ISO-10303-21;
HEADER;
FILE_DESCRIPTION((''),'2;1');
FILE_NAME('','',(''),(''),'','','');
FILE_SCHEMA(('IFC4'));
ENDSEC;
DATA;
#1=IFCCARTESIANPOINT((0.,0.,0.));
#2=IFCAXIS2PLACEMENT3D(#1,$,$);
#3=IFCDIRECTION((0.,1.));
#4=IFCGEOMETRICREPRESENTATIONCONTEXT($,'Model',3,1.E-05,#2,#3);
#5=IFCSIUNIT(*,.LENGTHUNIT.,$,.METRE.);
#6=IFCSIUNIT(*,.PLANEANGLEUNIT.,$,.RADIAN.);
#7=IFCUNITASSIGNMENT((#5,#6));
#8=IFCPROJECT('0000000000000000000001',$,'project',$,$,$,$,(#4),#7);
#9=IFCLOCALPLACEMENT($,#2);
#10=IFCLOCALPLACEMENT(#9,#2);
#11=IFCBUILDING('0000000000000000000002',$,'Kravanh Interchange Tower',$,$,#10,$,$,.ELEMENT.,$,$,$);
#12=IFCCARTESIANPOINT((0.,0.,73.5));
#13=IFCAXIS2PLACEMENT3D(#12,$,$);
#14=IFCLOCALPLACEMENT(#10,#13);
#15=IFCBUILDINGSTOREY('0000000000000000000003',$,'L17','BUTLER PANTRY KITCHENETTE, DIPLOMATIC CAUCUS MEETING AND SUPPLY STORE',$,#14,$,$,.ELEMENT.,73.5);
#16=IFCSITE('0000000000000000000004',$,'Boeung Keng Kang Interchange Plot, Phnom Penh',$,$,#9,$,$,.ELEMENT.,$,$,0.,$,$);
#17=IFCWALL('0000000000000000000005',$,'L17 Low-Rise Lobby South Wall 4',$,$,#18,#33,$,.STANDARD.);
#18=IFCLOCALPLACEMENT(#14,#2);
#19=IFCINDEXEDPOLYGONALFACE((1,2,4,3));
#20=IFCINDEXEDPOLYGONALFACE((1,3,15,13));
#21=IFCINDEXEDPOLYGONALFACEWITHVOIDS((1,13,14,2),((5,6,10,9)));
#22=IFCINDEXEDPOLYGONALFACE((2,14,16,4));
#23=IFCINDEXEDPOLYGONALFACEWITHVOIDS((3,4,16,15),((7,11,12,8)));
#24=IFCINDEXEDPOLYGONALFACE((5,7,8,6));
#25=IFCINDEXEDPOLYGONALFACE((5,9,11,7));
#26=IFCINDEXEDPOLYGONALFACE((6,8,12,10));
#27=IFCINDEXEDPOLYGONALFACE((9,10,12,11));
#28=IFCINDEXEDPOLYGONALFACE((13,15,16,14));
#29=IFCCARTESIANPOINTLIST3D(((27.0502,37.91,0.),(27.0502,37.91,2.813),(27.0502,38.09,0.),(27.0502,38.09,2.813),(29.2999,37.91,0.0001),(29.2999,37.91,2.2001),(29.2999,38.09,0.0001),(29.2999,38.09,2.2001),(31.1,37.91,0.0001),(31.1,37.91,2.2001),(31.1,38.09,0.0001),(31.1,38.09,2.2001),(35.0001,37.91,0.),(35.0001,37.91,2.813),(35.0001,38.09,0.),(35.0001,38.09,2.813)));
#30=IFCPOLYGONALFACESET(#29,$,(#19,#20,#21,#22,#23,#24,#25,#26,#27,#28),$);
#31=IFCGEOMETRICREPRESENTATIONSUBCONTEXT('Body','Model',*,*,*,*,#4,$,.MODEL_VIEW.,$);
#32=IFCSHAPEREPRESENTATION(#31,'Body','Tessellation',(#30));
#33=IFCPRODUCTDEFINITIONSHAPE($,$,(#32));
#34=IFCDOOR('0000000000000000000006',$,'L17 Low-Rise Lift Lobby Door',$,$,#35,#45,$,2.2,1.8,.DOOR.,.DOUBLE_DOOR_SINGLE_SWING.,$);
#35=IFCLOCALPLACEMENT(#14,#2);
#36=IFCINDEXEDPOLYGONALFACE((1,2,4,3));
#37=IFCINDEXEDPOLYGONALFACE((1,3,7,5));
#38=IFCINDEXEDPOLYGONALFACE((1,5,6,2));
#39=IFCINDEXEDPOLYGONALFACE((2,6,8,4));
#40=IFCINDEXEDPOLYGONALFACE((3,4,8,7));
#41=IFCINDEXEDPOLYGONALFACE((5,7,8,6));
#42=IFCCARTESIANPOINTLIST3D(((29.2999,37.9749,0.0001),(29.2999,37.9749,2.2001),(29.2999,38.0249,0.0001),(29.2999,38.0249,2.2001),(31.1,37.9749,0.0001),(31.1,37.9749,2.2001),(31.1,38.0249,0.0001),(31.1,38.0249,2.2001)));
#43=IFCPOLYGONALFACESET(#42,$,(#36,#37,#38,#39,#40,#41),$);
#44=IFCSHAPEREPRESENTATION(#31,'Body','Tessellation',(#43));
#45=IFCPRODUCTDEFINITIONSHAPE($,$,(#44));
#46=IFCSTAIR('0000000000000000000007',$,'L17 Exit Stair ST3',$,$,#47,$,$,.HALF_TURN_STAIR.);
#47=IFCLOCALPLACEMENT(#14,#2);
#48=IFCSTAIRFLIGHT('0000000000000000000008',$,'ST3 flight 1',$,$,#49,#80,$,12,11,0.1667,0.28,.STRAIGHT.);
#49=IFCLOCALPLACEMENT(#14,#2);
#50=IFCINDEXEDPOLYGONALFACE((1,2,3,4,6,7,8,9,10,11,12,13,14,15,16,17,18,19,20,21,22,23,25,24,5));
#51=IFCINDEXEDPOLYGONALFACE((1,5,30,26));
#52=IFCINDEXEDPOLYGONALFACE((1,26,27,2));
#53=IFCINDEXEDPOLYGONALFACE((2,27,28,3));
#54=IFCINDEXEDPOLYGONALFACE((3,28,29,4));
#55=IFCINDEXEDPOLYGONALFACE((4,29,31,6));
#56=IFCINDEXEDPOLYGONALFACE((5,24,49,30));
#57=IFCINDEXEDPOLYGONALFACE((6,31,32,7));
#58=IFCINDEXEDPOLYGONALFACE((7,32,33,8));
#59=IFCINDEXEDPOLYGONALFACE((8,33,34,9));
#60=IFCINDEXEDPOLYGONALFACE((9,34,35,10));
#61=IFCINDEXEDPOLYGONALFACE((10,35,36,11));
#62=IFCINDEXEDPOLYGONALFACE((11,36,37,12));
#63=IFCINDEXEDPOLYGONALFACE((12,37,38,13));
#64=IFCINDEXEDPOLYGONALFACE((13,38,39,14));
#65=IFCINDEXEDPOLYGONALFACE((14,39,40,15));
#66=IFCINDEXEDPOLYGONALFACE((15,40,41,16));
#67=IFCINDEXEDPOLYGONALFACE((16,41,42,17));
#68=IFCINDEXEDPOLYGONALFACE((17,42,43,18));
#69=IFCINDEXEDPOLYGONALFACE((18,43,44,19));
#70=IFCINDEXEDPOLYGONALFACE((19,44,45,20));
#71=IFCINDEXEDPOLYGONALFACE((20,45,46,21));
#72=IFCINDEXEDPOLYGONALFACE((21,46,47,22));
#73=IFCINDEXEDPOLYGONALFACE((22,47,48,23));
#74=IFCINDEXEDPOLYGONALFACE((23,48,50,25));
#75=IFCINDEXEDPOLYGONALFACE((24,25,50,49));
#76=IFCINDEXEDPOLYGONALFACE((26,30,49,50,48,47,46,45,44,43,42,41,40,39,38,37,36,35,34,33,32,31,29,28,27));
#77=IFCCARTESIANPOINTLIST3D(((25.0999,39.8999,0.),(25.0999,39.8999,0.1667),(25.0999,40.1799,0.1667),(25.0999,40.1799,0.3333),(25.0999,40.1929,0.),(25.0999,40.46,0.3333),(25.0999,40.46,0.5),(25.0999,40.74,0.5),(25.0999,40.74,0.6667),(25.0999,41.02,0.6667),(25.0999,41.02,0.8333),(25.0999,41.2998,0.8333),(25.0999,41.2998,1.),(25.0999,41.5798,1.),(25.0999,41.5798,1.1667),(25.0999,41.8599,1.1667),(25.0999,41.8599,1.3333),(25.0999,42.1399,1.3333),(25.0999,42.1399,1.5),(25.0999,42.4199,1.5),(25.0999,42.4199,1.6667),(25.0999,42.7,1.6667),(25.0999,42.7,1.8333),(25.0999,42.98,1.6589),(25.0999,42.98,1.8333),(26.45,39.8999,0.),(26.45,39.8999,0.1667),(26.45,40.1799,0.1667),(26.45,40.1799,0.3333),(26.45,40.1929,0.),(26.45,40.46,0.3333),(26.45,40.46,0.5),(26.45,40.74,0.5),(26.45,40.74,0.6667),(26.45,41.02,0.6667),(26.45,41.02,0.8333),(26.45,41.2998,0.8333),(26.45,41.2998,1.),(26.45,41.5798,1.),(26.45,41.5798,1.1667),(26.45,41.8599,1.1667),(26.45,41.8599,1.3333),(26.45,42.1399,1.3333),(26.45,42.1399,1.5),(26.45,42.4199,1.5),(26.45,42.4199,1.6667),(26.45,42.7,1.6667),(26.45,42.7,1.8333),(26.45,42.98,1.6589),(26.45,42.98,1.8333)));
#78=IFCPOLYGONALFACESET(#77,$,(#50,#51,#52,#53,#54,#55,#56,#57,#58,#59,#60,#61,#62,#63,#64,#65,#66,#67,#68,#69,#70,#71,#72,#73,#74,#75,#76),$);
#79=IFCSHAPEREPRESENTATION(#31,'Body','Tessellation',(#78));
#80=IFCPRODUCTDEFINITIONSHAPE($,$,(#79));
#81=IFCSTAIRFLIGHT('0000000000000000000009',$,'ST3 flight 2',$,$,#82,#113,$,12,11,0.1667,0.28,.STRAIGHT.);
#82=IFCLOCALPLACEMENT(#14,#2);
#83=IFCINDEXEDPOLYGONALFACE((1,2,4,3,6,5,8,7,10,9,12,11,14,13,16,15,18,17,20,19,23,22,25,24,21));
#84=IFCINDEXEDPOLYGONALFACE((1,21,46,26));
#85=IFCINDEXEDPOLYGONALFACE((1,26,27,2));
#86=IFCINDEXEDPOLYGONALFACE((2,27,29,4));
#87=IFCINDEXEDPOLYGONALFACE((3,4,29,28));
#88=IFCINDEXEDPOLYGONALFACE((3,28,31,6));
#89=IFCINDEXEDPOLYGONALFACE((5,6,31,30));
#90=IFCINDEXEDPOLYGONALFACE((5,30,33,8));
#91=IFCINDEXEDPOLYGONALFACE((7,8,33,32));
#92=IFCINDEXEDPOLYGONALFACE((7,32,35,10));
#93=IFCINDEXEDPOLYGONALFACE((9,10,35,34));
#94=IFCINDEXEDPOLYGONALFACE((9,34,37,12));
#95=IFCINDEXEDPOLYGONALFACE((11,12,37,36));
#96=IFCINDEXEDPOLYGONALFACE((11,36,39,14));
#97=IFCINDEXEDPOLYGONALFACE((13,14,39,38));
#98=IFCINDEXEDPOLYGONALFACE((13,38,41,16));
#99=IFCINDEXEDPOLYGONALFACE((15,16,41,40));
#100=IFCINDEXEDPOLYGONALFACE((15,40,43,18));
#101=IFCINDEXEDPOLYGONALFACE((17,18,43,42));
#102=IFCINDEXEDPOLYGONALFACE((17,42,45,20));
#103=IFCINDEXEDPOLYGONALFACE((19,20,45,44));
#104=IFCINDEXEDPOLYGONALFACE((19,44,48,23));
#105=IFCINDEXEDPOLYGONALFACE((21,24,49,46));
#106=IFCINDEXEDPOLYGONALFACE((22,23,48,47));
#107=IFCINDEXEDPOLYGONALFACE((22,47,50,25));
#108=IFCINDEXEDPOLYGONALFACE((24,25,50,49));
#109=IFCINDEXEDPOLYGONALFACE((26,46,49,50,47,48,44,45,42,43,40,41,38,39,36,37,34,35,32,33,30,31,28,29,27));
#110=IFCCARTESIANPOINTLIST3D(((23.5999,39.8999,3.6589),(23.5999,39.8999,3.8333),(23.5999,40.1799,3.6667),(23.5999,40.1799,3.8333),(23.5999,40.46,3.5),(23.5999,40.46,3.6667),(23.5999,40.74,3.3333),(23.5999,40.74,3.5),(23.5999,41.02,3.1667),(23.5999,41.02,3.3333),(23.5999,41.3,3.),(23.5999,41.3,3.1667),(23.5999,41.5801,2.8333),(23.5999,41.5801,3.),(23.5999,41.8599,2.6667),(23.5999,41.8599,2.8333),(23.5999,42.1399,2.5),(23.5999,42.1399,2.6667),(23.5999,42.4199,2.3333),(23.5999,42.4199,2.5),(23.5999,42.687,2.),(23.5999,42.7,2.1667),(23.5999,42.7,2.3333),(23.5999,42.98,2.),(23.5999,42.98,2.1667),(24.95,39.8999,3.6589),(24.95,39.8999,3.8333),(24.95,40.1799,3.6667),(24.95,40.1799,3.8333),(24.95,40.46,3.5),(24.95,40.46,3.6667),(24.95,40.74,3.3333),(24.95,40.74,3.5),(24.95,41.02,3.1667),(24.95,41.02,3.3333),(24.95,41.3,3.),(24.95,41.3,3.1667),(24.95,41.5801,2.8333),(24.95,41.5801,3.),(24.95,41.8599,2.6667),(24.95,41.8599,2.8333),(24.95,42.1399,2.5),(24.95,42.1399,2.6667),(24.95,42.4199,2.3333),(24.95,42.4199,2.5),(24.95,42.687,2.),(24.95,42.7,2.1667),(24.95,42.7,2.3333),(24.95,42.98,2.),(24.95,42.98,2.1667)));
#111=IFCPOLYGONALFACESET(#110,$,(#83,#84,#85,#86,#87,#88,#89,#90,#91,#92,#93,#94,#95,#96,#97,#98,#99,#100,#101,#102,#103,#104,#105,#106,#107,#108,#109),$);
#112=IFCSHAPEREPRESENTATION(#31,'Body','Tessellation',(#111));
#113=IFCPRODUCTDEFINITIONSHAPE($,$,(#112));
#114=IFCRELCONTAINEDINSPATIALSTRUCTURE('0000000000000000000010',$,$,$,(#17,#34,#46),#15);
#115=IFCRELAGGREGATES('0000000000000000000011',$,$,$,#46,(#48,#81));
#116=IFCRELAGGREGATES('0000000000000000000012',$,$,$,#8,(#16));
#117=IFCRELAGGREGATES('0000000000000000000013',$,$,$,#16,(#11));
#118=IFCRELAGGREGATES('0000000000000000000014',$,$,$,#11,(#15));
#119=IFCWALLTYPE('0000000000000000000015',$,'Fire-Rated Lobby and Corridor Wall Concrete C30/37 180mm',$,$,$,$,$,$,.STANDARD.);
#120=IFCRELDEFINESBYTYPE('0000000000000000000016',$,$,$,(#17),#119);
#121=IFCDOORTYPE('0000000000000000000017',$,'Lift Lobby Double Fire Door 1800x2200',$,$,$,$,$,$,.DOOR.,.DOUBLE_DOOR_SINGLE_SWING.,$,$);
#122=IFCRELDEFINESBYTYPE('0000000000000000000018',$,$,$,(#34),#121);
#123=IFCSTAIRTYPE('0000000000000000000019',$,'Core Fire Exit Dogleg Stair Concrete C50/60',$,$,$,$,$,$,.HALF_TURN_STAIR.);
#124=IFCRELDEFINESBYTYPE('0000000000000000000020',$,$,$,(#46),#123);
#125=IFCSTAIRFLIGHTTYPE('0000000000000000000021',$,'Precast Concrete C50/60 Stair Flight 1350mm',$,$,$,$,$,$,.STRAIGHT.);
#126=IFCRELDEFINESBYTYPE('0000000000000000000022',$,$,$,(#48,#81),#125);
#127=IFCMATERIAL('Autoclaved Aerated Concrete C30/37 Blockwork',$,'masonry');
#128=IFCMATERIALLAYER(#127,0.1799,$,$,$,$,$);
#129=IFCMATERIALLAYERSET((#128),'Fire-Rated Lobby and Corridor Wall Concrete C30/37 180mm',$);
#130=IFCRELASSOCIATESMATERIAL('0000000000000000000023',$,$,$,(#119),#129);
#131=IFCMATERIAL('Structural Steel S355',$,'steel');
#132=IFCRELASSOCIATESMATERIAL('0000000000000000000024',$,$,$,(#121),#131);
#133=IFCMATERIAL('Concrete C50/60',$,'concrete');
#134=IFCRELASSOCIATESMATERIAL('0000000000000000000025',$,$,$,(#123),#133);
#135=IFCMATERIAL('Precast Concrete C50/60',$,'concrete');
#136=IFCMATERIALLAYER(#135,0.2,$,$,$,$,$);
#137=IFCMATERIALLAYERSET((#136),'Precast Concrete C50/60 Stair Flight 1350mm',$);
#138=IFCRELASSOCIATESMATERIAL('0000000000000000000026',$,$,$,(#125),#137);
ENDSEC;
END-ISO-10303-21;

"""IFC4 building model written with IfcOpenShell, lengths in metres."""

from ifc_helpers import new_model, si_unit, direction, frame, frame_2d, origin, place, context, subcontext, project, spatial, polyline, rectangle, outline, extrude, material, layer, layer_set, type_object, element, fill, aggregate, save


model = new_model("IFC4")

# Units and contexts
model_context = context("Model", 3, precision=1e-05, world=origin(), true_north=direction((0.0, 1.0)))
body_context = subcontext(model_context, "Body", "Model", "MODEL_VIEW")
ifc_project = project(units=[si_unit("LENGTHUNIT", "METRE"), si_unit("PLANEANGLEUNIT", "RADIAN")], contexts=[model_context])

# Site, building, storey
site_placement = place(None, origin())
site = spatial("IfcSite", under=ifc_project, at=site_placement, Name="Boeung Keng Kang Interchange Plot, Phnom Penh", CompositionType="ELEMENT", RefElevation=0.0)
building_placement = place(site_placement, origin())
building = spatial("IfcBuilding", under=site, at=building_placement, Name="Kravanh Interchange Tower", CompositionType="ELEMENT")
storey_placement = place(building_placement, frame((0.0, 0.0, 73.5)))
storey = spatial("IfcBuildingStorey", under=building, at=storey_placement, Name="L17", Description="BUTLER PANTRY KITCHENETTE, DIPLOMATIC CAUCUS MEETING AND SUPPLY STORE", CompositionType="ELEMENT", Elevation=73.5)

# Wall, opening, door
ifc_material_1 = material(Name="Autoclaved Aerated Concrete C30/37 Blockwork", Category="masonry")
ifc_layer_1 = layer(ifc_material_1, 0.1799)
ifc_layer_set_1 = layer_set([ifc_layer_1], Name="Fire-Rated Lobby and Corridor Wall Concrete C30/37 180mm")
wall_type_1 = type_object("IfcWallType", Name="Fire-Rated Lobby and Corridor Wall Concrete C30/37 180mm", PredefinedType="STANDARD", material=ifc_layer_set_1)
wall_1_placement = place(storey_placement, frame((27.05, 38.0, 0.0), z_axis=(0.0, 0.0, 1.0), x_axis=(1.0, 0.0, 0.0)))
wall_1 = element("IfcWall", 1, at=wall_1_placement, inside=storey, type_object=wall_type_1, Name="L17 Low-Rise Lobby South Wall 4", PredefinedType="STANDARD", context=body_context, shape_type="SweptSolid", body=[
    extrude(rectangle(XDim=7.95, YDim=0.1799, at=frame_2d((3.9751, 0.0))), origin(), (0.0, 0.0, 1.0), 2.813),
])
opening_1_placement = place(wall_1_placement, frame((2.25, 0.0, 0.0)))
opening_1 = element("IfcOpeningElement", 2, at=opening_1_placement, cuts=wall_1, PredefinedType="OPENING", context=body_context, shape_type="SweptSolid", body=[
    extrude(rectangle(XDim=1.8, YDim=2.2, at=frame_2d((0.8999, 1.1001))), frame((0.0, 0.1001, 0.0), z_axis=(0.0, -1.0, 0.0), x_axis=(1.0, 0.0, 0.0)), (0.0, 0.0, 1.0), 0.2),
])
ifc_material_2 = material(Name="Structural Steel S355", Category="steel")
door_type_1 = type_object("IfcDoorType", Name="Lift Lobby Double Fire Door 1800x2200", OperationType="DOUBLE_DOOR_SINGLE_SWING", PredefinedType="DOOR", material=ifc_material_2)
door_1_placement = place(opening_1_placement, origin())
door_1 = element("IfcDoor", 3, at=door_1_placement, inside=storey, type_object=door_type_1, Name="L17 Low-Rise Lift Lobby Door", OperationType="DOUBLE_DOOR_SINGLE_SWING", OverallHeight=2.2, OverallWidth=1.8, PredefinedType="DOOR", context=body_context, shape_type="SweptSolid", body=[
    extrude(rectangle(XDim=1.8, YDim=2.2, at=frame_2d((0.8999, 1.1001))), frame((0.0, 0.0249, 0.0), z_axis=(0.0, -1.0, 0.0), x_axis=(1.0, 0.0, 0.0)), (0.0, 0.0, 1.0), 0.05),
])
fill(opening_1, door_1)

# Stair, stair flights
ifc_material_3 = material(Name="Concrete C50/60", Category="concrete")
stair_type = type_object("IfcStairType", Name="Core Fire Exit Dogleg Stair Concrete C50/60", PredefinedType="HALF_TURN_STAIR", material=ifc_material_3)
stair_placement = place(storey_placement, origin())
stair = element("IfcStair", 4, at=stair_placement, inside=storey, type_object=stair_type, Name="L17 Exit Stair ST3", PredefinedType="HALF_TURN_STAIR")
ifc_material_4 = material(Name="Precast Concrete C50/60", Category="concrete")
ifc_layer_2 = layer(ifc_material_4, 0.2)
ifc_layer_set_2 = layer_set([ifc_layer_2], Name="Precast Concrete C50/60 Stair Flight 1350mm")
stair_flight_type = type_object("IfcStairFlightType", Name="Precast Concrete C50/60 Stair Flight 1350mm", PredefinedType="STRAIGHT", material=ifc_layer_set_2)
stair_flight_1_placement = place(storey_placement, frame((25.7749, 39.8999, 0.0), z_axis=(0.0, 0.0, 1.0), x_axis=(0.0, 1.0, 0.0)))
stair_flight_1 = element("IfcStairFlight", 5, at=stair_flight_1_placement, type_object=stair_flight_type, Name="ST3 flight 1", NumberOfRisers=12, NumberOfTreads=11, PredefinedType="STRAIGHT", RiserHeight=0.1667, TreadLength=0.28, context=body_context, shape_type="SweptSolid", body=[
    extrude(outline(polyline([(0.0, 0.0), (0.0, 0.1667), (0.28, 0.1667), (0.28, 0.3333), (0.5601, 0.3333), (0.5601, 0.5), (0.8401, 0.5), (0.8401, 0.6667), (1.1201, 0.6667), (1.1201, 0.8333), (1.3999, 0.8333), (1.3999, 1.0), (1.6799, 1.0), (1.6799, 1.1667), (1.96, 1.1667), (1.96, 1.3333), (2.24, 1.3333), (2.24, 1.5), (2.52, 1.5), (2.52, 1.6667), (2.8, 1.6667), (2.8, 1.8333), (3.0801, 1.8333), (3.0801, 2.0), (3.0801, 1.6589), (0.293, 0.0), (0.0, 0.0)])), frame((0.0, 0.675, 0.0), z_axis=(0.0, -1.0, 0.0), x_axis=(1.0, 0.0, 0.0)), (0.0, 0.0, 1.0), 1.3501),
])
stair_flight_2_placement = place(storey_placement, frame((24.2749, 42.98, 2.0), z_axis=(0.0, 0.0, 1.0), x_axis=(0.0, -1.0, 0.0)))
stair_flight_2 = element("IfcStairFlight", 6, at=stair_flight_2_placement, type_object=stair_flight_type, Name="ST3 flight 2", NumberOfRisers=12, NumberOfTreads=11, PredefinedType="STRAIGHT", RiserHeight=0.1667, TreadLength=0.28, context=body_context, shape_type="SweptSolid", body=[
    extrude(outline(polyline([(0.0, 0.0), (0.0, 0.1667), (0.28, 0.1667), (0.28, 0.3333), (0.5601, 0.3333), (0.5601, 0.5), (0.8401, 0.5), (0.8401, 0.6667), (1.1201, 0.6667), (1.1201, 0.8333), (1.3999, 0.8333), (1.3999, 1.0), (1.6799, 1.0), (1.6799, 1.1667), (1.96, 1.1667), (1.96, 1.3333), (2.24, 1.3333), (2.24, 1.5), (2.52, 1.5), (2.52, 1.6667), (2.8, 1.6667), (2.8, 1.8333), (3.0801, 1.8333), (3.0801, 2.0), (3.0801, 1.6589), (0.293, 0.0), (0.0, 0.0)])), frame((0.0, 0.675, 0.0), z_axis=(0.0, -1.0, 0.0), x_axis=(1.0, 0.0, 0.0)), (0.0, 0.0, 1.0), 1.3501),
])
aggregate(stair, [stair_flight_1, stair_flight_2])

save(model, "model.ifc")
